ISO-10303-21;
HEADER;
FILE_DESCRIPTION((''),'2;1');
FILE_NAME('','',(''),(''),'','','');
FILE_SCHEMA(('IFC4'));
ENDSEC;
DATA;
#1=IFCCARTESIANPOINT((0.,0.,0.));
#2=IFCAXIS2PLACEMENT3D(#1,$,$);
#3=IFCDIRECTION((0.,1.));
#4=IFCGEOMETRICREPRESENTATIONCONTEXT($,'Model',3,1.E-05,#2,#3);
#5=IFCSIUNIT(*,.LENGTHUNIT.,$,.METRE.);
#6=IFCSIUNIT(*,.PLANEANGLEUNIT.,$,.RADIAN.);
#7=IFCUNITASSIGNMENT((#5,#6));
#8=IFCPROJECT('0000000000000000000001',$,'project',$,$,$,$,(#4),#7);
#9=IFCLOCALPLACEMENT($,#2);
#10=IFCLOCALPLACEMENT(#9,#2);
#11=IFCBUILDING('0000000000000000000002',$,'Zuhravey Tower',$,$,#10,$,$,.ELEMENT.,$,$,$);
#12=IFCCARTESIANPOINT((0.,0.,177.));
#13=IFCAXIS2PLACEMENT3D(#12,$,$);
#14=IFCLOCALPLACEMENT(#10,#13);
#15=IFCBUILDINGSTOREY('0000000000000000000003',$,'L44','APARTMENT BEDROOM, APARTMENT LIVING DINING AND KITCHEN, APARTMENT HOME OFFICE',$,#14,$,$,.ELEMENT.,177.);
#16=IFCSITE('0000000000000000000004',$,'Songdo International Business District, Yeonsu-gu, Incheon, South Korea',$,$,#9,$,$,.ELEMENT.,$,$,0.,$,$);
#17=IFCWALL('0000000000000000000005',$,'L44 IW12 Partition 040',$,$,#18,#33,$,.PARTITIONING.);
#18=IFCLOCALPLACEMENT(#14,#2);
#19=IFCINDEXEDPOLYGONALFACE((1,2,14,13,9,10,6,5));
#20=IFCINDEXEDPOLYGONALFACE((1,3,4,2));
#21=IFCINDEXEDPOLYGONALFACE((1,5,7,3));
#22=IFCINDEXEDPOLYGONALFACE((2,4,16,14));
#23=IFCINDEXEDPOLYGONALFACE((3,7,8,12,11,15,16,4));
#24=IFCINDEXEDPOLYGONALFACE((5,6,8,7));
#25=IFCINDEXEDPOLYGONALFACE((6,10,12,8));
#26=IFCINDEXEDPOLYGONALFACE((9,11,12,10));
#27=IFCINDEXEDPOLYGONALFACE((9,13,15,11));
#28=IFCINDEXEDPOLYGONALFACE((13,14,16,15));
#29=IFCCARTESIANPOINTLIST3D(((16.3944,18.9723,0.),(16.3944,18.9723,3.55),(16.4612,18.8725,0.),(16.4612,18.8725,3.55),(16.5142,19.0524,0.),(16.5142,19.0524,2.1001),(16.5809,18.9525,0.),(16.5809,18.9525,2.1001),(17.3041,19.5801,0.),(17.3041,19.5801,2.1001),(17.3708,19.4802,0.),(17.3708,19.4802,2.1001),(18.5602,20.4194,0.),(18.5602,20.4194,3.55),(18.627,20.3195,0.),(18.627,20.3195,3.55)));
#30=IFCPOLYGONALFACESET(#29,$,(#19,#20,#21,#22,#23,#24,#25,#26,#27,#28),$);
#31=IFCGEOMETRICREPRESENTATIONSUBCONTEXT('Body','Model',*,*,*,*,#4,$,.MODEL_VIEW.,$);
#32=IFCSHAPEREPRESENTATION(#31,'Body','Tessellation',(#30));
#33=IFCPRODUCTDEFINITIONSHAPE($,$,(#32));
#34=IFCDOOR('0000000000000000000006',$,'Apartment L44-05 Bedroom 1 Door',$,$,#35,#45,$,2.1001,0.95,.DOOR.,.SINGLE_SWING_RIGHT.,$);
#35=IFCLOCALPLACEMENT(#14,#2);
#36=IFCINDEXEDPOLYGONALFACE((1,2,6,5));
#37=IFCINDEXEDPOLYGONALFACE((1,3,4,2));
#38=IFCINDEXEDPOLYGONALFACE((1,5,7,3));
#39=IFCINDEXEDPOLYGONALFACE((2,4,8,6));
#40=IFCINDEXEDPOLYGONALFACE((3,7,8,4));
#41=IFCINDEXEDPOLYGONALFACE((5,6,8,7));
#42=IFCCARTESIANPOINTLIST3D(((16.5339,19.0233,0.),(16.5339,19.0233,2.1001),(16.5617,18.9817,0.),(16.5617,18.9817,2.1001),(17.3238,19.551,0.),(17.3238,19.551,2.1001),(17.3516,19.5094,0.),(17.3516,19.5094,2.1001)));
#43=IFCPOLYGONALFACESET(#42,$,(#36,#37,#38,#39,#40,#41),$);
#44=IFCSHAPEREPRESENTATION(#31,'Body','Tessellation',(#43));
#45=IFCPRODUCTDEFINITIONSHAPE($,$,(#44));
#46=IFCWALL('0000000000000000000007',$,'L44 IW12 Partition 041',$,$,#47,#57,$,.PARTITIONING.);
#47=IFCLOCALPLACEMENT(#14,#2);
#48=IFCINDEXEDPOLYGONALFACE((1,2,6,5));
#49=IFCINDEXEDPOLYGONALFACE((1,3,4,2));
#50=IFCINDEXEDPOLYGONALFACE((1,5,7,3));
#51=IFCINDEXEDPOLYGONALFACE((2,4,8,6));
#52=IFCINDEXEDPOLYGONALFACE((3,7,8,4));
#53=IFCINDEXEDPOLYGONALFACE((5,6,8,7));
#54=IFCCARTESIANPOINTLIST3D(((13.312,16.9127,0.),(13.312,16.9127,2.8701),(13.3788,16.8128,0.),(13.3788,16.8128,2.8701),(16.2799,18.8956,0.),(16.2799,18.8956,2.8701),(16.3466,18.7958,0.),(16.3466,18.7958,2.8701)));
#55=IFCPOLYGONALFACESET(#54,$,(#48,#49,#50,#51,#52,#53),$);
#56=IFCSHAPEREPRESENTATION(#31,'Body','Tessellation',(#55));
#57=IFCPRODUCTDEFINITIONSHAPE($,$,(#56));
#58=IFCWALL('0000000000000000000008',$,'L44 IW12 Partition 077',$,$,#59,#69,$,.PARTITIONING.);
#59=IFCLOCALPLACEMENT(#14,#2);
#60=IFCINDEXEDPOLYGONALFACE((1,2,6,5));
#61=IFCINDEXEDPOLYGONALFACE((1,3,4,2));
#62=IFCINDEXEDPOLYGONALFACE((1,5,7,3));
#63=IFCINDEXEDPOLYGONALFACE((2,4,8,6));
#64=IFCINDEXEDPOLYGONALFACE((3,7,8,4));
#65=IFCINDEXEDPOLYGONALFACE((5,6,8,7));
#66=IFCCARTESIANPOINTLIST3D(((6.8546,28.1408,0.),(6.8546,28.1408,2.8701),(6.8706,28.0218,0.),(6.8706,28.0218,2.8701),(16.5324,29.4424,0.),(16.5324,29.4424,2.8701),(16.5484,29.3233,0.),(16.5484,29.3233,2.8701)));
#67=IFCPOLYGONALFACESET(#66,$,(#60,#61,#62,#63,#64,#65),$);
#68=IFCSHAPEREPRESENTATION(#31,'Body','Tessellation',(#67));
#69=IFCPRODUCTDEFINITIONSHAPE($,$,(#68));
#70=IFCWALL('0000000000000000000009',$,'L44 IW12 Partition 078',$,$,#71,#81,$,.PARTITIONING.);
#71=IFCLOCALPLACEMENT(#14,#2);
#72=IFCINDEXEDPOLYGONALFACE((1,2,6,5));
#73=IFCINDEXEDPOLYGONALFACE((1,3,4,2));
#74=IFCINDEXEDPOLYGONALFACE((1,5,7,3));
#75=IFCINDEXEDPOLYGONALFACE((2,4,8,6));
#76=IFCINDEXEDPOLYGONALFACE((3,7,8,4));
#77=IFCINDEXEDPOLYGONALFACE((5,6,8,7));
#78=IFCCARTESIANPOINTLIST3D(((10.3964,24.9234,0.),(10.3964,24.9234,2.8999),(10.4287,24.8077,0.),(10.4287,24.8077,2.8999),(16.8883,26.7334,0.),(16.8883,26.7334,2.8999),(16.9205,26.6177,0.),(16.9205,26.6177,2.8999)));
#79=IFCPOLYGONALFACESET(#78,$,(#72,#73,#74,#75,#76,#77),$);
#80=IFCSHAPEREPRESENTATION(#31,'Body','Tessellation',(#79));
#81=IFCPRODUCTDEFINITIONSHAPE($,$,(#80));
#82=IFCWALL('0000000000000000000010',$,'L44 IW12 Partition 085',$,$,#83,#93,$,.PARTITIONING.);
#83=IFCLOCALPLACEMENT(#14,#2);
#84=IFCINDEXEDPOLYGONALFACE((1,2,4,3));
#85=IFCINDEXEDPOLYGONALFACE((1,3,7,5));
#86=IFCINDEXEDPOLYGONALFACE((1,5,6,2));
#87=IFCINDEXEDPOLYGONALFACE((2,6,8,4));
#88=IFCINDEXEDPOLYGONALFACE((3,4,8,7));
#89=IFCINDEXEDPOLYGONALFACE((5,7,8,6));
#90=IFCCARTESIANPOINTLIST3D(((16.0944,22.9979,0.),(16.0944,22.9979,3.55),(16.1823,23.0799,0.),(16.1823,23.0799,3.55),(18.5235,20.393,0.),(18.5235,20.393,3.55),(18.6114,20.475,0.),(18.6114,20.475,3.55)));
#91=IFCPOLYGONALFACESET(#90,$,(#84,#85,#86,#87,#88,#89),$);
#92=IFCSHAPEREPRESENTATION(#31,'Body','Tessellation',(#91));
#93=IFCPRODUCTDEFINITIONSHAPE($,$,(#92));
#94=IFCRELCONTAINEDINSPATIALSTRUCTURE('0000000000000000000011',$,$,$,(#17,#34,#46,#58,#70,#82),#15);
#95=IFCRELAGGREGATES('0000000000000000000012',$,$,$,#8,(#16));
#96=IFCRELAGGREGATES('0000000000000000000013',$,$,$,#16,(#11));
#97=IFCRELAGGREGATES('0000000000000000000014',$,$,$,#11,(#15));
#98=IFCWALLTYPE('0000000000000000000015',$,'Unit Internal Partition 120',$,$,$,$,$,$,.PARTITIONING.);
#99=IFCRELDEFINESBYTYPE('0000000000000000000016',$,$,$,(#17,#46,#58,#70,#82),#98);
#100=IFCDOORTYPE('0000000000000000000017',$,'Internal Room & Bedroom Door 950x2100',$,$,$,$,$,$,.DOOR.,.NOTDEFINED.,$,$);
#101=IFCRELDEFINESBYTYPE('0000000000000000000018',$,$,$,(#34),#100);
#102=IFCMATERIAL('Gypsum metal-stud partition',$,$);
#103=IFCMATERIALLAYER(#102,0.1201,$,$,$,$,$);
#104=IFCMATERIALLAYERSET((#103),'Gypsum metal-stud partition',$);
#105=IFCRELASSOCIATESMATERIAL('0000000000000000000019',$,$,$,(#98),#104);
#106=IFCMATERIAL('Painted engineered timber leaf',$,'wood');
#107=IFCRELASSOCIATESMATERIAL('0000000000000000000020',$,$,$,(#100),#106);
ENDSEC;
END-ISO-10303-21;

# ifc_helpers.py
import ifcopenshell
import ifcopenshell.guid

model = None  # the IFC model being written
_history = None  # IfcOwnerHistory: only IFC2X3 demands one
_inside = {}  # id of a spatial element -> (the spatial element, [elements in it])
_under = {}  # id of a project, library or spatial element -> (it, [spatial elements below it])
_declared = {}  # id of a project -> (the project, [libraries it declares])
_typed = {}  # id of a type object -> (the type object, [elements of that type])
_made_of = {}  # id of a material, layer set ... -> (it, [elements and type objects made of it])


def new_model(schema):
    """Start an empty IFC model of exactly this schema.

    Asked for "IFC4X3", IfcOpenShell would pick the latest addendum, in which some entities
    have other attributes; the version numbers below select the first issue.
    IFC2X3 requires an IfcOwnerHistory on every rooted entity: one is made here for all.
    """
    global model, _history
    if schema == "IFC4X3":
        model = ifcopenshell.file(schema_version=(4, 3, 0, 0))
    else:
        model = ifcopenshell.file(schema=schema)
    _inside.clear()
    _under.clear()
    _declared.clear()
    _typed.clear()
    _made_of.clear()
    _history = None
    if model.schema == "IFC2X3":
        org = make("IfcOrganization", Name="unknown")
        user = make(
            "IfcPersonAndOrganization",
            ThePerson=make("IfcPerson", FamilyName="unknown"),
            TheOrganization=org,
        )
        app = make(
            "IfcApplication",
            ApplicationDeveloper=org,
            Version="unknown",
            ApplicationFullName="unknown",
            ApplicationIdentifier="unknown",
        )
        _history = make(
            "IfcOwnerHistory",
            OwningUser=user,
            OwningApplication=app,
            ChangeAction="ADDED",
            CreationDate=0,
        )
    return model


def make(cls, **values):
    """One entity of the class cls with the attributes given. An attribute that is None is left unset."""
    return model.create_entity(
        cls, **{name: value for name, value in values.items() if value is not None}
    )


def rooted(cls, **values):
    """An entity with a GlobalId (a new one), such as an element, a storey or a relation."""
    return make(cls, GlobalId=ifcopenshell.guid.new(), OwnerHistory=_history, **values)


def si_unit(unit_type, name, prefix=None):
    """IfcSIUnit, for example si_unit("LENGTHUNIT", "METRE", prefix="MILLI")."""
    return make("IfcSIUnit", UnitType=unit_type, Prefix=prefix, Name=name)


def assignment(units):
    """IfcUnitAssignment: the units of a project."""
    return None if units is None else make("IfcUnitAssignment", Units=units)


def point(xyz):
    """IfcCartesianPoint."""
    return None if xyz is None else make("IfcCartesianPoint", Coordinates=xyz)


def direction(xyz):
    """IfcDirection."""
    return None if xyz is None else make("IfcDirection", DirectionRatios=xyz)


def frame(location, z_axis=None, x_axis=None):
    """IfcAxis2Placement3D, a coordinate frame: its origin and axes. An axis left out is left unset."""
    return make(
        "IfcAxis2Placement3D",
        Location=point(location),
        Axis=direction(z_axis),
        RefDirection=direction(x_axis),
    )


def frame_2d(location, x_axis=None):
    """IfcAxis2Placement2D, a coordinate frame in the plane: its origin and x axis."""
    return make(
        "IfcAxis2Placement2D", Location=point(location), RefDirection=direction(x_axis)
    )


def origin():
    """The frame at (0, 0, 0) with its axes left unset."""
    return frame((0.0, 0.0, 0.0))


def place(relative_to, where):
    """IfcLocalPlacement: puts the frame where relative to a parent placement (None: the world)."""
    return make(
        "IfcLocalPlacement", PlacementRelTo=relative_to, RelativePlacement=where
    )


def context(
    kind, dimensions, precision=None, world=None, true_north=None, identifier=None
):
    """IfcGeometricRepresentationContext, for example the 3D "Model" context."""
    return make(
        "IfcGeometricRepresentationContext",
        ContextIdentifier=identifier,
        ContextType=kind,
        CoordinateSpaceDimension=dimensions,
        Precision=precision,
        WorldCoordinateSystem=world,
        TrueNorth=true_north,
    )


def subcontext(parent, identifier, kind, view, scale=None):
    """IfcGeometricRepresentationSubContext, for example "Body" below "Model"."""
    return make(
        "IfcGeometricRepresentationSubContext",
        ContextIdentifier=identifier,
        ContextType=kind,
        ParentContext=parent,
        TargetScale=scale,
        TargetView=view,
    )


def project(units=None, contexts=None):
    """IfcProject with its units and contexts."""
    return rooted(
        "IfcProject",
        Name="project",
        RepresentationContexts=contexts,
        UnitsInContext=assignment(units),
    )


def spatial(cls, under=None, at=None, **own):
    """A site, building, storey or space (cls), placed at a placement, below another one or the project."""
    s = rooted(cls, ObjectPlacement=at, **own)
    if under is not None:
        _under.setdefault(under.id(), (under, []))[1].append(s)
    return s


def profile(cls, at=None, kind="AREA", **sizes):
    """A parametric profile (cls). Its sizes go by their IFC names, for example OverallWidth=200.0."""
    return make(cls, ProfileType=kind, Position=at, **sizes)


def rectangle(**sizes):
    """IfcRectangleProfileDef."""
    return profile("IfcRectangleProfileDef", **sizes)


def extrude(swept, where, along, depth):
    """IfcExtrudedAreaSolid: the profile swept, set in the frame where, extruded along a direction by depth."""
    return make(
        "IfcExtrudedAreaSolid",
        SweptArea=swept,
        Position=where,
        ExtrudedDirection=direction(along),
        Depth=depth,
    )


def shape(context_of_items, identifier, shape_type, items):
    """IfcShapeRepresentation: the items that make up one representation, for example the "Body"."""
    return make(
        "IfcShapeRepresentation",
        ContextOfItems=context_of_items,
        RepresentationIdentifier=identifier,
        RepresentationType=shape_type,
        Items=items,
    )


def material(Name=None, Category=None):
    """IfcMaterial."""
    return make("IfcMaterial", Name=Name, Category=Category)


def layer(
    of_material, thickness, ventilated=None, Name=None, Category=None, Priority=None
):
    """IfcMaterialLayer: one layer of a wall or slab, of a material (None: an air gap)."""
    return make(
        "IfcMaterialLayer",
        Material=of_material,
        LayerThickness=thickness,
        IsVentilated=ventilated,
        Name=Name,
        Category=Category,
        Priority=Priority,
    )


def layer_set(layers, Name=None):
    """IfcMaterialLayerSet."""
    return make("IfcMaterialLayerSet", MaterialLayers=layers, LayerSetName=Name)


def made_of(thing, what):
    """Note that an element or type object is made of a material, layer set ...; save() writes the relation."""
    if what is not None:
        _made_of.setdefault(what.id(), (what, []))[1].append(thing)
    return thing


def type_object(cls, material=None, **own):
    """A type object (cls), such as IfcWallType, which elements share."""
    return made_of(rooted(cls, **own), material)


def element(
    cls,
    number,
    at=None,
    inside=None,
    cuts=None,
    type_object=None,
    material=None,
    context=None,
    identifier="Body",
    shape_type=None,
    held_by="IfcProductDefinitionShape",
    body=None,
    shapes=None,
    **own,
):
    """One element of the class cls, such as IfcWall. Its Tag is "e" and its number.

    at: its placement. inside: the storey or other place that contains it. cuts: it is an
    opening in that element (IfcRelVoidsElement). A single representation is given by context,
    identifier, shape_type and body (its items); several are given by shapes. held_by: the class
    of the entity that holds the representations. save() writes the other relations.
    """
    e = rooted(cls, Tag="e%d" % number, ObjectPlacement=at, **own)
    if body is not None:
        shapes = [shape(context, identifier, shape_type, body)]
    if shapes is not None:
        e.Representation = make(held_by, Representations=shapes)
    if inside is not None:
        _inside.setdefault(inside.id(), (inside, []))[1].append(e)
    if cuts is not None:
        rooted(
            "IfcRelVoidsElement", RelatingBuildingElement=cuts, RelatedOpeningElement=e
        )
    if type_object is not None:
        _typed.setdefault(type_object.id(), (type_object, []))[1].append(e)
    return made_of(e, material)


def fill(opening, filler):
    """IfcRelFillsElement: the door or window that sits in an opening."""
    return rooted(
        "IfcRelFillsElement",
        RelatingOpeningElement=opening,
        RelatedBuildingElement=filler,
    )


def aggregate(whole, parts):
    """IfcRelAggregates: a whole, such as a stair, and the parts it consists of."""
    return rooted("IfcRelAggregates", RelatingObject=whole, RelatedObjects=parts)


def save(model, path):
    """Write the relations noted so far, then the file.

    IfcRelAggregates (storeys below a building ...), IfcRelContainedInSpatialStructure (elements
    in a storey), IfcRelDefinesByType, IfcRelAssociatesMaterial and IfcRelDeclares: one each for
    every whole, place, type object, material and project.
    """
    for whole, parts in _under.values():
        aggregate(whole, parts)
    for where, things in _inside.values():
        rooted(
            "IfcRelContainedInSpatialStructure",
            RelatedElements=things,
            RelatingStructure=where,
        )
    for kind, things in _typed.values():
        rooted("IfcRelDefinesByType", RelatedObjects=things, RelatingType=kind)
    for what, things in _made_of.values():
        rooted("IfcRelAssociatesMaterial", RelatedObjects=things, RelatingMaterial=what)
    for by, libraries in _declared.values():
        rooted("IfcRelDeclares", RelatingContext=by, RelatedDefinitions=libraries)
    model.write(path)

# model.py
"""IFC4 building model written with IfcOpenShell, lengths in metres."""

from ifc_helpers import new_model, si_unit, direction, frame, frame_2d, origin, place, context, subcontext, project, spatial, rectangle, extrude, material, layer, layer_set, type_object, element, fill, save


model = new_model("IFC4")

# Units and contexts
model_context = context("Model", 3, precision=1e-05, world=origin(), true_north=direction((0.0, 1.0)))
body_context = subcontext(model_context, "Body", "Model", "MODEL_VIEW")
ifc_project = project(units=[si_unit("LENGTHUNIT", "METRE"), si_unit("PLANEANGLEUNIT", "RADIAN")], contexts=[model_context])

# Site, building, storey
site_placement = place(None, origin())
site = spatial("IfcSite", under=ifc_project, at=site_placement, Name="Songdo International Business District, Yeonsu-gu, Incheon, South Korea", CompositionType="ELEMENT", RefElevation=0.0)
building_placement = place(site_placement, origin())
building = spatial("IfcBuilding", under=site, at=building_placement, Name="Zuhravey Tower", CompositionType="ELEMENT")
storey_placement = place(building_placement, frame((0.0, 0.0, 177.0)))
storey = spatial("IfcBuildingStorey", under=building, at=storey_placement, Name="L44", Description="APARTMENT BEDROOM, APARTMENT LIVING DINING AND KITCHEN, APARTMENT HOME OFFICE", CompositionType="ELEMENT", Elevation=177.0)

# Shared definitions
ifc_material_1 = material(Name="Gypsum metal-stud partition")
ifc_layer_1 = layer(ifc_material_1, 0.1201)
ifc_layer_set_1 = layer_set([ifc_layer_1], Name="Gypsum metal-stud partition")
wall_type_1 = type_object("IfcWallType", Name="Unit Internal Partition 120", PredefinedType="PARTITIONING", material=ifc_layer_set_1)
ifc_material_2 = material(Name="Painted engineered timber leaf", Category="wood")
door_type = type_object("IfcDoorType", Name="Internal Room & Bedroom Door 950x2100", OperationType="NOTDEFINED", PredefinedType="DOOR", material=ifc_material_2)

# Wall, opening, door
wall_1_placement = place(storey_placement, frame((18.5935, 20.3694, 0.0), z_axis=(0.0, 0.0, 1.0), x_axis=(-0.831487, -0.555543, 0.0)))
wall_1 = element("IfcWall", 1, at=wall_1_placement, inside=storey, type_object=wall_type_1, Name="L44 IW12 Partition 040", PredefinedType="PARTITIONING", context=body_context, shape_type="SweptSolid", body=[
    extrude(rectangle(XDim=2.6047, YDim=0.1201, at=frame_2d((1.3022, 0.0))), origin(), (0.0, 0.0, 1.0), 3.55),
])
opening_1_placement = place(wall_1_placement, frame((1.5105, 0.0, 0.0)))
opening_1 = element("IfcOpeningElement", 2, at=opening_1_placement, cuts=wall_1, PredefinedType="OPENING", context=body_context, shape_type="SweptSolid", body=[
    extrude(rectangle(XDim=0.95, YDim=2.1001, at=frame_2d((0.4751, 1.05))), frame((0.0, 0.072, 0.0), z_axis=(0.0, -1.0, 0.0), x_axis=(1.0, 0.0, 0.0)), (0.0, 0.0, 1.0), 0.144),
])
door_1_placement = place(opening_1_placement, frame((0.95, 0.0, 0.0), z_axis=(0.0, 0.0, 1.0), x_axis=(-1.0, 0.0, 0.0)))
door_1 = element("IfcDoor", 3, at=door_1_placement, inside=storey, type_object=door_type, Name="Apartment L44-05 Bedroom 1 Door", OperationType="SINGLE_SWING_RIGHT", OverallHeight=2.1001, OverallWidth=0.95, PredefinedType="DOOR", context=body_context, shape_type="SweptSolid", body=[
    extrude(rectangle(XDim=0.95, YDim=2.1001, at=frame_2d((0.4751, 1.05))), frame((0.0, 0.0249, 0.0), z_axis=(0.0, -1.0, 0.0), x_axis=(1.0, 0.0, 0.0)), (0.0, 0.0, 1.0), 0.05),
])
fill(opening_1, door_1)

# Walls
wall_2_placement = place(storey_placement, frame((16.3132, 18.8457, 0.0), z_axis=(0.0, 0.0, 1.0), x_axis=(-0.831482, -0.555552, 0.0)))
element("IfcWall", 4, at=wall_2_placement, inside=storey, type_object=wall_type_1, Name="L44 IW12 Partition 041", PredefinedType="PARTITIONING", context=body_context, shape_type="SweptSolid", body=[
    extrude(rectangle(XDim=3.5693, YDim=0.1201, at=frame_2d((1.7847, 0.0))), origin(), (0.0, 0.0, 1.0), 2.8701),
])
wall_3_placement = place(storey_placement, frame((16.5403, 29.3828, 0.0), z_axis=(0.0, 0.0, 1.0), x_axis=(-0.991078, -0.133285, 0.0)))
element("IfcWall", 5, at=wall_3_placement, inside=storey, type_object=wall_type_1, Name="L44 IW12 Partition 077", PredefinedType="PARTITIONING", context=body_context, shape_type="SweptSolid", body=[
    extrude(rectangle(XDim=9.7649, YDim=0.1201, at=frame_2d((4.8823, 0.0))), origin(), (0.0, 0.0, 1.0), 2.8701),
])
wall_4_placement = place(storey_placement, frame((16.9043, 26.6755, 0.0), z_axis=(0.0, 0.0, 1.0), x_axis=(-0.96326, -0.268572, 0.0)))
element("IfcWall", 6, at=wall_4_placement, inside=storey, type_object=wall_type_1, Name="L44 IW12 Partition 078", PredefinedType="PARTITIONING", context=body_context, shape_type="SweptSolid", body=[
    extrude(rectangle(XDim=6.7395, YDim=0.1201, at=frame_2d((3.3696, 0.0))), origin(), (0.0, 0.0, 1.0), 2.8999),
])
wall_5_placement = place(storey_placement, frame((16.1384, 23.0388, 0.0), z_axis=(0.0, 0.0, 1.0), x_axis=(0.682001, -0.731352, 0.0)))
element("IfcWall", 7, at=wall_5_placement, inside=storey, type_object=wall_type_1, Name="L44 IW12 Partition 085", PredefinedType="PARTITIONING", context=body_context, shape_type="SweptSolid", body=[
    extrude(rectangle(XDim=3.5618, YDim=0.1201, at=frame_2d((1.7808, 0.0))), origin(), (0.0, 0.0, 1.0), 3.55),
])

save(model, "model.ifc")
